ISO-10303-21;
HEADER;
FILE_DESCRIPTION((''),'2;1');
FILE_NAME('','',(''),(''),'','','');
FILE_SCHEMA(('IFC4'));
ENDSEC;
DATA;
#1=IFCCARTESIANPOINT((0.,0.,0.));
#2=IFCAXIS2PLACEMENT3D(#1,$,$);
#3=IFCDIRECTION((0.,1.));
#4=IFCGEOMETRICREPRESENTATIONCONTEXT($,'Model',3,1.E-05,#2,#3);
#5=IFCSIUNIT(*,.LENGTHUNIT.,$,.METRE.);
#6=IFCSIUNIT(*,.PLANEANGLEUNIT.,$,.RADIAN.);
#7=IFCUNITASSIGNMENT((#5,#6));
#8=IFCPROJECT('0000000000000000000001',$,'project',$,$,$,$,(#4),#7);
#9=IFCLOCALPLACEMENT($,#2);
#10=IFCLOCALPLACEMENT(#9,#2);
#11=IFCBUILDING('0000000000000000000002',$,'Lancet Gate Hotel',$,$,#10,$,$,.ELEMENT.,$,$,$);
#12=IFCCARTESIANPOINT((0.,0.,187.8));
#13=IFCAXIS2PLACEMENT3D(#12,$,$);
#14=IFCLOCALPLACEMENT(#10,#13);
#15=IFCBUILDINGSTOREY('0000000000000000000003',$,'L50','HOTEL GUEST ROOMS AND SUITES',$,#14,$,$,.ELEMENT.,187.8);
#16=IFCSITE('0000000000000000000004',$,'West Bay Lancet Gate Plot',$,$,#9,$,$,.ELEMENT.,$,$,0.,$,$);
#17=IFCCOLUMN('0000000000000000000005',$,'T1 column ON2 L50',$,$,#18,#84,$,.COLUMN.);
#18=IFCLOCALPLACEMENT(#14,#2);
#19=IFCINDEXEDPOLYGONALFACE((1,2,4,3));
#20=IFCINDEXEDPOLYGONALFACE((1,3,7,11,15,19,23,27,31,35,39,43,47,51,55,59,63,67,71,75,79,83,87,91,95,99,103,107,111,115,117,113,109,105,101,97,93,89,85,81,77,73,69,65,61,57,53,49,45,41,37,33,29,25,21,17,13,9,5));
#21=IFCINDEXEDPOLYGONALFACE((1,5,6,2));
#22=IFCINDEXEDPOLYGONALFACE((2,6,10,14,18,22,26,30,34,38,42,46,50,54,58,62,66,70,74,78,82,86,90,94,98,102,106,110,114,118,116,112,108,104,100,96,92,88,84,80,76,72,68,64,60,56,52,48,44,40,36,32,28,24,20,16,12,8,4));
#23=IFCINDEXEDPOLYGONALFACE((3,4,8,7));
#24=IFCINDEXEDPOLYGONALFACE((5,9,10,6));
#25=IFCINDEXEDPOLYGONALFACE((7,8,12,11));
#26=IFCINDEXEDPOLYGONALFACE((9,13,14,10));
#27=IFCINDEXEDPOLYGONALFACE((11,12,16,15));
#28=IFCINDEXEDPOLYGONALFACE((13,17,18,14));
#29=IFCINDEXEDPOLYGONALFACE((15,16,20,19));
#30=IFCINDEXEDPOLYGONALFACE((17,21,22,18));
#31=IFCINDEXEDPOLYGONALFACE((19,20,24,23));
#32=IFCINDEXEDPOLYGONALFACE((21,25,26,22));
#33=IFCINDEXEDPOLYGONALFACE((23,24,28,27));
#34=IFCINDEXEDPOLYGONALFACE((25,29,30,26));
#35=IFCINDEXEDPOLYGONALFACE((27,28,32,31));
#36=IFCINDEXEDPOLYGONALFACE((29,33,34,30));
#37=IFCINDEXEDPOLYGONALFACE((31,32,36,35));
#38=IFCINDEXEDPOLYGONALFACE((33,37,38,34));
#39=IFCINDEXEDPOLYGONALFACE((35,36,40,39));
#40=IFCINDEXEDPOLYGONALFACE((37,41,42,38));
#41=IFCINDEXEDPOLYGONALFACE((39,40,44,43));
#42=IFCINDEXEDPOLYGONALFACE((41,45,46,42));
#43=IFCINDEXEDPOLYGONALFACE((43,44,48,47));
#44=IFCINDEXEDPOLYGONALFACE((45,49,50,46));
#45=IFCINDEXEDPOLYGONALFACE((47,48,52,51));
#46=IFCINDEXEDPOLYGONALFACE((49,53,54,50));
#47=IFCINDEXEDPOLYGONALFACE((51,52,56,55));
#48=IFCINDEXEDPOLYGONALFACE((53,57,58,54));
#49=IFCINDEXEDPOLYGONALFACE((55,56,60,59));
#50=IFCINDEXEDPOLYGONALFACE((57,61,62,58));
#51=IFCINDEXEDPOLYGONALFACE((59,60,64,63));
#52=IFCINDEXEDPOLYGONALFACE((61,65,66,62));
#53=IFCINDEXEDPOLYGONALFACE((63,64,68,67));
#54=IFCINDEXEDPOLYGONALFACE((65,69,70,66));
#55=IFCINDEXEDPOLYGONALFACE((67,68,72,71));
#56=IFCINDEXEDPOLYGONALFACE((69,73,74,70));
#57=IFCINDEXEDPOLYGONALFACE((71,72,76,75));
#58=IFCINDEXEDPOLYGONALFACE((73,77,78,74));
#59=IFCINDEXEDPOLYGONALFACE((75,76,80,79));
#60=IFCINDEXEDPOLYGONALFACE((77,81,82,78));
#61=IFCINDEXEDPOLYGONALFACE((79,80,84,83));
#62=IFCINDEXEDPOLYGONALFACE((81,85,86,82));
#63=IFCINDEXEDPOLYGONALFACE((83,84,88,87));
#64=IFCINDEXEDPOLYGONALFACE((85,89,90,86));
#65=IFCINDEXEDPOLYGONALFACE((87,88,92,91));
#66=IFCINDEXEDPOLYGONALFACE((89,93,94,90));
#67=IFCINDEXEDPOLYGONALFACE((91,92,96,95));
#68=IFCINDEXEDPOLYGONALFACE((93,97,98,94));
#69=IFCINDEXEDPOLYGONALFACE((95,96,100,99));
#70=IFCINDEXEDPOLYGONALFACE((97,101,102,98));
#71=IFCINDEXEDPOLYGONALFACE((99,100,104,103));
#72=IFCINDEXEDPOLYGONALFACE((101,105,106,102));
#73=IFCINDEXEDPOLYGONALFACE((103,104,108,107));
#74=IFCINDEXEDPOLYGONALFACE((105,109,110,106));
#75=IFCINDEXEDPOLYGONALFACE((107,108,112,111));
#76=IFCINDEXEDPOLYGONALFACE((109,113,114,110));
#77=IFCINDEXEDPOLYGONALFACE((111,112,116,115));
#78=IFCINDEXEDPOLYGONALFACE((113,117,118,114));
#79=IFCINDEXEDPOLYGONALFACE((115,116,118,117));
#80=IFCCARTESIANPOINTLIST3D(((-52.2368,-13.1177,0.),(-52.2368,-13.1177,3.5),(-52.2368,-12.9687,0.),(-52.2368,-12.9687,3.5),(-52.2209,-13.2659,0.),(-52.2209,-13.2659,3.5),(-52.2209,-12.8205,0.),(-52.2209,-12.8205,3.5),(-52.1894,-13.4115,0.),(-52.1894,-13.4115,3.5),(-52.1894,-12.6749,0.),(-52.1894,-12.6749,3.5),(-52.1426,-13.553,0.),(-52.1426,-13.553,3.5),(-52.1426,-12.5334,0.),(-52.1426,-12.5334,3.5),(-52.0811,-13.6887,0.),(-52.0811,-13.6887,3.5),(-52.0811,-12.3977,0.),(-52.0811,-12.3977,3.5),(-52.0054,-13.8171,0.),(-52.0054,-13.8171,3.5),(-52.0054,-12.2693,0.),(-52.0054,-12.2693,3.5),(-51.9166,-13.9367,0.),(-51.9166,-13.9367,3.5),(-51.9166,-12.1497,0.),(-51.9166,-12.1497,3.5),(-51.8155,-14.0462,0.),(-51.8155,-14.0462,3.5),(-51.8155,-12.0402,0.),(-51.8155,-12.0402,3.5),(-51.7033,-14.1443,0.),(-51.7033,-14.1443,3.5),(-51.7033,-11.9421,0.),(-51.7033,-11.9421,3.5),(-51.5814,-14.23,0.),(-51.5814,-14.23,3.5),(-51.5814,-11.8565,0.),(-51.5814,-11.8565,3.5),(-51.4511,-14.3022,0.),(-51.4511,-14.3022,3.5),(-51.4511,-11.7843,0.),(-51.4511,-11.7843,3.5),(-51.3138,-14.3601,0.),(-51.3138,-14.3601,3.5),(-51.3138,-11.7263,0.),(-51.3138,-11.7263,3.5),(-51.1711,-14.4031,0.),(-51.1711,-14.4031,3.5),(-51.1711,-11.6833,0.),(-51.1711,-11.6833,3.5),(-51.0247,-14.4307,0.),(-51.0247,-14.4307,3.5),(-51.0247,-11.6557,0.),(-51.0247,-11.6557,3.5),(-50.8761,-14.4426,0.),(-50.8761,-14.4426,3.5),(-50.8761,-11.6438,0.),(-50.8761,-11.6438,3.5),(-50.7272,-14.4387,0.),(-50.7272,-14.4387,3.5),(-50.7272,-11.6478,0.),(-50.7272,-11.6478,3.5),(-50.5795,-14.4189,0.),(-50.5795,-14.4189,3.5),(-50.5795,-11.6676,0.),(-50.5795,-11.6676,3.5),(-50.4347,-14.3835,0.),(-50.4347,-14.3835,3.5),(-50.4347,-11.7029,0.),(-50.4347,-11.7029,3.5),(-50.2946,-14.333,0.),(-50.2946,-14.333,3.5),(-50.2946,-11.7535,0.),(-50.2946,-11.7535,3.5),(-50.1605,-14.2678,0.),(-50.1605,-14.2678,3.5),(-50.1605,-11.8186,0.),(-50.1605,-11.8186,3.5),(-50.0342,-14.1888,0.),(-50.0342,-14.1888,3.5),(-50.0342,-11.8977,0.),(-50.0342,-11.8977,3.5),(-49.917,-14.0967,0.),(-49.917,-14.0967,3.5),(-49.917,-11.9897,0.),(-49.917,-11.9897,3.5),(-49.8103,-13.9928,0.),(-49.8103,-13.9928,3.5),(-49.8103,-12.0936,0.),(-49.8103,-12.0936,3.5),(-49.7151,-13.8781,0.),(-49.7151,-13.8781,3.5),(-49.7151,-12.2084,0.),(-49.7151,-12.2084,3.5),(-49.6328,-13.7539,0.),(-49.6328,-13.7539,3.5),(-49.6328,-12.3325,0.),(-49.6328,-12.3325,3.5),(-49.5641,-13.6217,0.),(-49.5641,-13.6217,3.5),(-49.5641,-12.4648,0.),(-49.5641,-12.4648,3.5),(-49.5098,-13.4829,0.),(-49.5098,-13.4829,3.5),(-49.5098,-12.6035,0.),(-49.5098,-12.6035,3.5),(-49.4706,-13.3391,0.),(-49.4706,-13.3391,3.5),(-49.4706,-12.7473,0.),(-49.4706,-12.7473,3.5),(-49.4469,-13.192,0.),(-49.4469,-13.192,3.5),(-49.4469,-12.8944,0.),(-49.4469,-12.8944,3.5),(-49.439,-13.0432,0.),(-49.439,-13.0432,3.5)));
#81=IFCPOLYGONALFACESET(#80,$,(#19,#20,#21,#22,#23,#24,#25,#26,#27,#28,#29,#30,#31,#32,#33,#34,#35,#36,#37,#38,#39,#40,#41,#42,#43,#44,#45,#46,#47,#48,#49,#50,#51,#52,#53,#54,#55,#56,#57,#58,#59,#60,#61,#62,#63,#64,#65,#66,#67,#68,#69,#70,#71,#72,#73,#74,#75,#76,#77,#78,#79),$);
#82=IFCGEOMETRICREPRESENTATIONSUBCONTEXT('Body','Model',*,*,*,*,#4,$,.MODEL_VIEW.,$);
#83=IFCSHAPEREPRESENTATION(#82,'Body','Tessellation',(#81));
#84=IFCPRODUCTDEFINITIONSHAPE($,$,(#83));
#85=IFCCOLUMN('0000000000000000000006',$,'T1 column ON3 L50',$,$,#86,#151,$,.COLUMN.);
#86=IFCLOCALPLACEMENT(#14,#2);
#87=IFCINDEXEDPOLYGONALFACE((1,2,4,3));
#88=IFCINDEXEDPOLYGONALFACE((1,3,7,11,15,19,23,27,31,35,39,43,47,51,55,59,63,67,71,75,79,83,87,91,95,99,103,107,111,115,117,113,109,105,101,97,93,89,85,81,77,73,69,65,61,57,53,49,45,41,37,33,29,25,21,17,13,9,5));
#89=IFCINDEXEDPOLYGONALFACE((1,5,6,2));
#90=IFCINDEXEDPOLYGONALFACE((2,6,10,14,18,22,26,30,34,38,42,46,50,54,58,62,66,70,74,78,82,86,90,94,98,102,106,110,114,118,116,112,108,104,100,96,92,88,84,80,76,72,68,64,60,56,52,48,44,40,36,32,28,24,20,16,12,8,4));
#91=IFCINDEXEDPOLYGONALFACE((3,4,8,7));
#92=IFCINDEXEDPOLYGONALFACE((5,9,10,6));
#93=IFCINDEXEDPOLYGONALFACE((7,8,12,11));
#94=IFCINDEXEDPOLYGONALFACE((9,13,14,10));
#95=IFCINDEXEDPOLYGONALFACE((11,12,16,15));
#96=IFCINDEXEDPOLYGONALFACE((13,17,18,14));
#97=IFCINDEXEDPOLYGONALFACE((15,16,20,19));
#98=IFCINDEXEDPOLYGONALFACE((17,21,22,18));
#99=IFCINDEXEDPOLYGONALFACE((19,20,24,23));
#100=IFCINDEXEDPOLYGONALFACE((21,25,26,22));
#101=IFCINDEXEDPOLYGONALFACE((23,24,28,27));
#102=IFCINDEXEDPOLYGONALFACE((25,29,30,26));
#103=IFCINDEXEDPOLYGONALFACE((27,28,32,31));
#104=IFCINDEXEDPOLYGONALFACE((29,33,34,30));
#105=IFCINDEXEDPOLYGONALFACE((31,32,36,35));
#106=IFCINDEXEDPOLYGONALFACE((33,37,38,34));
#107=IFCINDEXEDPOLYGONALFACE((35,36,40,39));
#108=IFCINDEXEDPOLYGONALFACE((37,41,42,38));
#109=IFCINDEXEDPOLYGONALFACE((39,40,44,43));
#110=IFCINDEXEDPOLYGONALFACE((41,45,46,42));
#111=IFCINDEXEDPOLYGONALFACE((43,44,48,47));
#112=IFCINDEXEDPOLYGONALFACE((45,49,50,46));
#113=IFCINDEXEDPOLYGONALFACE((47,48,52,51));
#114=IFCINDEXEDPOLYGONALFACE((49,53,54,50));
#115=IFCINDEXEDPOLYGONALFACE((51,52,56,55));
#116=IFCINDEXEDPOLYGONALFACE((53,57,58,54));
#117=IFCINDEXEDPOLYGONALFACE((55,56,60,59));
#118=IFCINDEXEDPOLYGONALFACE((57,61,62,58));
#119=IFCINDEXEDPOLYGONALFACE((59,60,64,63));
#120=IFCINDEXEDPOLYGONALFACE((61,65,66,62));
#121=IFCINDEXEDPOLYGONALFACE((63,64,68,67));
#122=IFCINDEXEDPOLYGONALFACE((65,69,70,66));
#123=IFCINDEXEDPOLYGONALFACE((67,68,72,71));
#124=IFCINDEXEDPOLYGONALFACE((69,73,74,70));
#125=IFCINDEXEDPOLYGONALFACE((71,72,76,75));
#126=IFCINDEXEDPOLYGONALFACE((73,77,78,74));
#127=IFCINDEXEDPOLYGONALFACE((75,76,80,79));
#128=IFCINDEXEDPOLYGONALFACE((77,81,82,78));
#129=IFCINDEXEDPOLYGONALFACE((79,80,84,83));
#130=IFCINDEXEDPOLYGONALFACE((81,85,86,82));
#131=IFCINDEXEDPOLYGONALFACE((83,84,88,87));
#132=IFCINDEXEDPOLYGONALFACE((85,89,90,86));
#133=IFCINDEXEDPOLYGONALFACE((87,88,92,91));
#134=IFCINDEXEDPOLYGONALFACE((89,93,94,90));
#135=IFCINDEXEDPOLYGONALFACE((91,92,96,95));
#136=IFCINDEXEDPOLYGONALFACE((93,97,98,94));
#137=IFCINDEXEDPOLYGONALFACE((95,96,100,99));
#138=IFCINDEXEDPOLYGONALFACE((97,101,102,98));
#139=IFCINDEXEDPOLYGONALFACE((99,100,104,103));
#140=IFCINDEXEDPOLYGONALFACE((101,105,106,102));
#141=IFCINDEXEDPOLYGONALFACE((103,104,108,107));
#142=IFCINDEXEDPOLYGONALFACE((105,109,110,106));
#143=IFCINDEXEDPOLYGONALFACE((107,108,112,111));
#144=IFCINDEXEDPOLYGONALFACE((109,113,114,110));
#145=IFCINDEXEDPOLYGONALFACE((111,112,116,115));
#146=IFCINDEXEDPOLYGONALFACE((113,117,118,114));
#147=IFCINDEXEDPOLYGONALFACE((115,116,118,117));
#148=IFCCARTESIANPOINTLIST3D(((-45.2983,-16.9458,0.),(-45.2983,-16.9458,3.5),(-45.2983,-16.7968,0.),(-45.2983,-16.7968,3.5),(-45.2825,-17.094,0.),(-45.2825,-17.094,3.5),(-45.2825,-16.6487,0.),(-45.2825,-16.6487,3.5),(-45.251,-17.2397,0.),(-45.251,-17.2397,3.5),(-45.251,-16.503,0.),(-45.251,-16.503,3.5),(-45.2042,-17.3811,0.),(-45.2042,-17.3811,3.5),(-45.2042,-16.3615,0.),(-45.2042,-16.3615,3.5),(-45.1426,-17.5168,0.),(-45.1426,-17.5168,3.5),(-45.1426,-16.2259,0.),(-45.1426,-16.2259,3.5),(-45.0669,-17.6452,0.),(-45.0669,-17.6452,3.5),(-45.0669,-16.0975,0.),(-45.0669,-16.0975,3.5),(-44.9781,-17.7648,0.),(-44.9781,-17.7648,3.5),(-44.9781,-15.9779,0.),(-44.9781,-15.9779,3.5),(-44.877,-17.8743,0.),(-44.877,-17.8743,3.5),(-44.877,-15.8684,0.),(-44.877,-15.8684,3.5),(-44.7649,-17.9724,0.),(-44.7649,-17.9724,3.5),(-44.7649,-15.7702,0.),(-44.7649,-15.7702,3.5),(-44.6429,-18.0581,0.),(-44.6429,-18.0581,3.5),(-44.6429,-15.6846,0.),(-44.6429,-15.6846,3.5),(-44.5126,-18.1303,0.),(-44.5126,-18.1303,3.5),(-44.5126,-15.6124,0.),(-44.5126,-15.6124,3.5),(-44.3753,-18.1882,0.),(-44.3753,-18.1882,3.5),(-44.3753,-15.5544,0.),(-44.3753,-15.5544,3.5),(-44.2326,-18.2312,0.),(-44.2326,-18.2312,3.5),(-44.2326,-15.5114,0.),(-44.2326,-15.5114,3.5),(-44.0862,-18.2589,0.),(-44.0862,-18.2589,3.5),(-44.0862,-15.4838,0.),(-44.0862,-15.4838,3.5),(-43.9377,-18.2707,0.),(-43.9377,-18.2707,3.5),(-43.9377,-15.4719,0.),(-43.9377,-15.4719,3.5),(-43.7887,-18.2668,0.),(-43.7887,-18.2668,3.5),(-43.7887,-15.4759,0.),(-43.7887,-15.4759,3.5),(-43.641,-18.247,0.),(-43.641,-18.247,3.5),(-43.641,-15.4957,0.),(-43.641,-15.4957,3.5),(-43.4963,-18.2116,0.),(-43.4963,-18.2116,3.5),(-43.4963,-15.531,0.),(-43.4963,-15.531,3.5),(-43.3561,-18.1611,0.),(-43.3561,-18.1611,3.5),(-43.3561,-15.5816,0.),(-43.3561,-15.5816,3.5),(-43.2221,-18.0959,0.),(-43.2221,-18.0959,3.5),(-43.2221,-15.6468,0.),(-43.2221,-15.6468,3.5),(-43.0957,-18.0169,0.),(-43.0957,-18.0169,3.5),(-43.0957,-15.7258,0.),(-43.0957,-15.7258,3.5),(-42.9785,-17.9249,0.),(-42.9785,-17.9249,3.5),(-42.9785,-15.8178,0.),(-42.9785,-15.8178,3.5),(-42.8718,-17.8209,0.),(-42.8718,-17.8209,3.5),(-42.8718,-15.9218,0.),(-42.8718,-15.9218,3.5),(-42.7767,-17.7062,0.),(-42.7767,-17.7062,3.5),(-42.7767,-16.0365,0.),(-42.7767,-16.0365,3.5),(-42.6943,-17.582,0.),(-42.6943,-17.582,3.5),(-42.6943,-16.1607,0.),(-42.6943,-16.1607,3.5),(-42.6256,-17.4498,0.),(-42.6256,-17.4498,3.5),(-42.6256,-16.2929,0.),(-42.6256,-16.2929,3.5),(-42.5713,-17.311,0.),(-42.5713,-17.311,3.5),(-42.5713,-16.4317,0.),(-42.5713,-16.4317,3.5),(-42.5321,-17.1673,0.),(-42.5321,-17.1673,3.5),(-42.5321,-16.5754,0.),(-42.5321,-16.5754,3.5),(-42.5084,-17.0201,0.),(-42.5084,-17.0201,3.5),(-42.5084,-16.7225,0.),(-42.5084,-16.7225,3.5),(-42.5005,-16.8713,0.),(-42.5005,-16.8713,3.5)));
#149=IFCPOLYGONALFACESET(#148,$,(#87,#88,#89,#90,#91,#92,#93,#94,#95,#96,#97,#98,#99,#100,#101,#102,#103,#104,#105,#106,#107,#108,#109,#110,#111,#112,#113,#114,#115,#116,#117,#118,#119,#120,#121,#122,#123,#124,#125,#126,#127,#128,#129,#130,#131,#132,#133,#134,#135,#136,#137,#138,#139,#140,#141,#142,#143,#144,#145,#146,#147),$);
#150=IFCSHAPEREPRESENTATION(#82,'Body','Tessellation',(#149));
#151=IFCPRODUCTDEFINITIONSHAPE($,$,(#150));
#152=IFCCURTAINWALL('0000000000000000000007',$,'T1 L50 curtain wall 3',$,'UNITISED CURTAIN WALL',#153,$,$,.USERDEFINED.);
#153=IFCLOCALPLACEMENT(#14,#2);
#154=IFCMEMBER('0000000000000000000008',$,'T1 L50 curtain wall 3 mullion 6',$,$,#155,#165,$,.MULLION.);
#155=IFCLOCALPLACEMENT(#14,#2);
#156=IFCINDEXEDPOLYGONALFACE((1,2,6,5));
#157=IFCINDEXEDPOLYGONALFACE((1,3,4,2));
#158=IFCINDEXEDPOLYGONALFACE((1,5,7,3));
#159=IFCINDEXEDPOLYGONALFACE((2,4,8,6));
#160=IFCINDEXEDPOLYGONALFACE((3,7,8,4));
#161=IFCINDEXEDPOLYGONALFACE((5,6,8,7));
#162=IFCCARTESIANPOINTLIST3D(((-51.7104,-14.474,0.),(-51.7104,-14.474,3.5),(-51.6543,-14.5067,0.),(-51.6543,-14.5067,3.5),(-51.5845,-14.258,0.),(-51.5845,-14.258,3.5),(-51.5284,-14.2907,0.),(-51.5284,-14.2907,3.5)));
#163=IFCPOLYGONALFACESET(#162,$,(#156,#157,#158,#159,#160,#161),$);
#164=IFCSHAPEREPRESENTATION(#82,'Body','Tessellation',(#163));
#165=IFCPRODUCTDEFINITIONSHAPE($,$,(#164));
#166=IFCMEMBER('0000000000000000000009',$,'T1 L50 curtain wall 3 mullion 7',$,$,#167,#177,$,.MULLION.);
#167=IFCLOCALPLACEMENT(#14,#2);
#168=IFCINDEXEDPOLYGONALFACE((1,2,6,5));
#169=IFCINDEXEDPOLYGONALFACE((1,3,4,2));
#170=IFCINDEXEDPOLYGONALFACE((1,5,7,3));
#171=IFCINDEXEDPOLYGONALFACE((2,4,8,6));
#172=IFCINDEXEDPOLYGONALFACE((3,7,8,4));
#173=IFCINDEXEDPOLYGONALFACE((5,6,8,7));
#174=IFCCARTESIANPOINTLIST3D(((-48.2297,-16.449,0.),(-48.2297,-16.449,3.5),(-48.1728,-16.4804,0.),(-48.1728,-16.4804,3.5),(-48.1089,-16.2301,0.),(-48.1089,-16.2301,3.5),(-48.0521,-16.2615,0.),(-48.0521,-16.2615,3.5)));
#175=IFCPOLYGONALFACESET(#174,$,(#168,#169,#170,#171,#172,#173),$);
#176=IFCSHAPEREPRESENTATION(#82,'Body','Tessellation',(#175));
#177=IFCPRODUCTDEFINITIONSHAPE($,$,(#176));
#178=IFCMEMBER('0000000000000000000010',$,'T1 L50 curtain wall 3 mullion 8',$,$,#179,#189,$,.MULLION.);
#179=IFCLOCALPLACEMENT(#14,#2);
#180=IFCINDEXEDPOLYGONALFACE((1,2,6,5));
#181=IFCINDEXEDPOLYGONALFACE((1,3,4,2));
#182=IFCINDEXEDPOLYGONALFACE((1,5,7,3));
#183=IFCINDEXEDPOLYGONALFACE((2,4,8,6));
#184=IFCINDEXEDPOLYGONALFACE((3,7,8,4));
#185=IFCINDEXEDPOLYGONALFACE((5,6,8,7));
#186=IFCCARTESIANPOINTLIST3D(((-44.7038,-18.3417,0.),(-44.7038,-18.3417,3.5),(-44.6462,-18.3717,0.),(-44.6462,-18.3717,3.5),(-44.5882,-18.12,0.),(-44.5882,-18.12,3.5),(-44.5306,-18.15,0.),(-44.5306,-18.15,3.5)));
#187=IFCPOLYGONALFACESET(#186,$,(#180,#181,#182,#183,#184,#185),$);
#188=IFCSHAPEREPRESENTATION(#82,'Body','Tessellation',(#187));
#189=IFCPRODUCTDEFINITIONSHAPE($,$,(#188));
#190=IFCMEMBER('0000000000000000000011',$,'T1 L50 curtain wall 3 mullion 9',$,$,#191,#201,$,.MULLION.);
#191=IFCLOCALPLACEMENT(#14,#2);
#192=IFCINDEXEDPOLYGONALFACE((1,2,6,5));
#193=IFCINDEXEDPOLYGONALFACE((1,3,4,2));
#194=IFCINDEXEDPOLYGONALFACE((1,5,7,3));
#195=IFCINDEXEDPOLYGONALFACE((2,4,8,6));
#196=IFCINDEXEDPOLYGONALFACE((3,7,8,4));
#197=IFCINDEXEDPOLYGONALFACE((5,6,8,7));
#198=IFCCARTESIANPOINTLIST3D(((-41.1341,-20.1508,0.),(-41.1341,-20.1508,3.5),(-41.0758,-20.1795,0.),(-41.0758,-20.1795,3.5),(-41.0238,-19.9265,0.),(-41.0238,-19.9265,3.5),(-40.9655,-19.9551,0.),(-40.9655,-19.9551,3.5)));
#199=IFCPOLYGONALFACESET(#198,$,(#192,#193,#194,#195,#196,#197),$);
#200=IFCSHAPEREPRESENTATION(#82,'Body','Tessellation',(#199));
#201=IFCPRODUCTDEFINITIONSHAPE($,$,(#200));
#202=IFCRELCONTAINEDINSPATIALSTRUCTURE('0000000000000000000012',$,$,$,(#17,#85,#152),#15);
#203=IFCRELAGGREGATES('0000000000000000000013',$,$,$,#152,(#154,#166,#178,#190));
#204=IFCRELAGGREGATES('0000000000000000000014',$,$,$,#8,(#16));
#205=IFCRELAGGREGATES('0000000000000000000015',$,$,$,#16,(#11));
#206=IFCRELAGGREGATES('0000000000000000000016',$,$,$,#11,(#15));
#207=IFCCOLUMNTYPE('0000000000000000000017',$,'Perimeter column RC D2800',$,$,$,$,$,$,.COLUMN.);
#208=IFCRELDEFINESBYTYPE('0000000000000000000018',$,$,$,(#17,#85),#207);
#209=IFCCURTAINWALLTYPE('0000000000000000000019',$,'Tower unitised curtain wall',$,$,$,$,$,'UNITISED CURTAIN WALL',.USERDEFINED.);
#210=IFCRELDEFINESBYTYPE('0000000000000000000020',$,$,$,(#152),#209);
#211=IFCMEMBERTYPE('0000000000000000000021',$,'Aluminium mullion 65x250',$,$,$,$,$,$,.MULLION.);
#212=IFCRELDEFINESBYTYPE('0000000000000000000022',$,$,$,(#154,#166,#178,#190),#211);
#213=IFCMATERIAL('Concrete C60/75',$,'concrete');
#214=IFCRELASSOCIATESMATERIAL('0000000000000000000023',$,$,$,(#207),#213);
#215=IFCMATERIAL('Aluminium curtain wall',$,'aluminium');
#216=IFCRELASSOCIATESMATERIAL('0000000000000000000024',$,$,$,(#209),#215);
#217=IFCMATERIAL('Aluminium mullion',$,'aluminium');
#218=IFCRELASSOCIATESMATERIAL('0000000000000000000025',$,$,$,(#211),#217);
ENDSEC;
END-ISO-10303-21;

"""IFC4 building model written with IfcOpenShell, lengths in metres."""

from ifc_helpers import new_model, si_unit, direction, frame, origin, origin_2d, place, context, subcontext, project, spatial, rectangle, circle, extrude, material, material_profile, profile_set, type_object, element, aggregate, save


model = new_model("IFC4")

# Units and contexts
model_context = context("Model", 3, precision=1e-05, world=origin(), true_north=direction((0.0, 1.0)))
body_context = subcontext(model_context, "Body", "Model", "MODEL_VIEW")
ifc_project = project(units=[si_unit("LENGTHUNIT", "METRE"), si_unit("PLANEANGLEUNIT", "RADIAN")], contexts=[model_context])

# Site, building, storey
site_placement = place(None, origin())
site = spatial("IfcSite", under=ifc_project, at=site_placement, Name="West Bay Lancet Gate Plot", CompositionType="ELEMENT", RefElevation=0.0)
building_placement = place(site_placement, origin())
building = spatial("IfcBuilding", under=site, at=building_placement, Name="Lancet Gate Hotel", CompositionType="ELEMENT")
storey_placement = place(building_placement, frame((0.0, 0.0, 187.8)))
storey = spatial("IfcBuildingStorey", under=building, at=storey_placement, Name="L50", Description="HOTEL GUEST ROOMS AND SUITES", CompositionType="ELEMENT", Elevation=187.8)

# Columns
ifc_material_1 = material(Name="Concrete C60/75", Category="concrete")
ifc_material_profile_1 = material_profile(ifc_material_1, circle(Radius=1.3999, at=origin_2d()), Name="RC D2800")
ifc_profile_set_1 = profile_set([ifc_material_profile_1], Name="Concrete C60/75")
column_type = type_object("IfcColumnType", Name="Perimeter column RC D2800", PredefinedType="COLUMN", material=ifc_profile_set_1)
for number, where, z_axis, x_axis, name in (
    (1, (-50.8389, -13.0432, 0.0), (0.0, 0.0, 1.0), (1.0, 0.0, 0.0), "T1 column ON2 L50"),
    (2, (-43.9004, -16.8713, 0.0), (0.0, 0.0, 1.0), (1.0, 0.0, 0.0), "T1 column ON3 L50"),
):
    element("IfcColumn", number, at=place(storey_placement, frame(where, z_axis=z_axis, x_axis=x_axis)), inside=storey, type_object=column_type, Name=name, PredefinedType="COLUMN", context=body_context, shape_type="SweptSolid", body=[
        extrude(circle(Radius=1.3999, at=origin_2d()), origin(), (0.0, 0.0, 1.0), 3.5),
    ])

# Curtain wall, members
ifc_material_2 = material(Name="Aluminium curtain wall", Category="aluminium")
curtain_wall_type = type_object("IfcCurtainWallType", Name="Tower unitised curtain wall", ElementType="UNITISED CURTAIN WALL", PredefinedType="USERDEFINED", material=ifc_material_2)
curtain_wall_placement = place(storey_placement, origin())
curtain_wall = element("IfcCurtainWall", 3, at=curtain_wall_placement, inside=storey, type_object=curtain_wall_type, Name="T1 L50 curtain wall 3", ObjectType="UNITISED CURTAIN WALL", PredefinedType="USERDEFINED")
ifc_material_3 = material(Name="Aluminium mullion", Category="aluminium")
ifc_material_profile_2 = material_profile(ifc_material_3, rectangle(XDim=0.0649, YDim=0.25, at=origin_2d()), Name="MULLION 65x250")
ifc_profile_set_2 = profile_set([ifc_material_profile_2], Name="Aluminium mullion")
member_type_1 = type_object("IfcMemberType", Name="Aluminium mullion 65x250", PredefinedType="MULLION", material=ifc_profile_set_2)
member_1_placement = place(storey_placement, frame((-51.6194, -14.3823, 0.0), z_axis=(0.0, 0.0, 1.0), x_axis=(0.863969, -0.503545, 0.0)))
member_1 = element("IfcMember", 4, at=member_1_placement, type_object=member_type_1, Name="T1 L50 curtain wall 3 mullion 6", PredefinedType="MULLION", context=body_context, shape_type="SweptSolid", body=[
    extrude(rectangle(XDim=0.0649, YDim=0.25, at=origin_2d()), origin(), (0.0, 0.0, 1.0), 3.5),
])
member_2_placement = place(storey_placement, frame((-48.1409, -16.3552, 0.0), z_axis=(0.0, 0.0, 1.0), x_axis=(0.875574, -0.483084, 0.0)))
member_2 = element("IfcMember", 5, at=member_2_placement, type_object=member_type_1, Name="T1 L50 curtain wall 3 mullion 7", PredefinedType="MULLION", context=body_context, shape_type="SweptSolid", body=[
    extrude(rectangle(XDim=0.0649, YDim=0.25, at=origin_2d()), origin(), (0.0, 0.0, 1.0), 3.5),
])
member_3_placement = place(storey_placement, frame((-44.6172, -18.2458, 0.0), z_axis=(0.0, 0.0, 1.0), x_axis=(0.886694, -0.462356, 0.0)))
member_3 = element("IfcMember", 6, at=member_3_placement, type_object=member_type_1, Name="T1 L50 curtain wall 3 mullion 8", PredefinedType="MULLION", context=body_context, shape_type="SweptSolid", body=[
    extrude(rectangle(XDim=0.0649, YDim=0.25, at=origin_2d()), origin(), (0.0, 0.0, 1.0), 3.5),
])
member_4_placement = place(storey_placement, frame((-41.0498, -20.053, 0.0), z_axis=(0.0, 0.0, 1.0), x_axis=(0.897324, -0.441372, 0.0)))
member_4 = element("IfcMember", 7, at=member_4_placement, type_object=member_type_1, Name="T1 L50 curtain wall 3 mullion 9", PredefinedType="MULLION", context=body_context, shape_type="SweptSolid", body=[
    extrude(rectangle(XDim=0.0649, YDim=0.25, at=origin_2d()), origin(), (0.0, 0.0, 1.0), 3.5),
])

aggregate(curtain_wall, [member_1, member_2, member_3, member_4])

save(model, "model.ifc")
